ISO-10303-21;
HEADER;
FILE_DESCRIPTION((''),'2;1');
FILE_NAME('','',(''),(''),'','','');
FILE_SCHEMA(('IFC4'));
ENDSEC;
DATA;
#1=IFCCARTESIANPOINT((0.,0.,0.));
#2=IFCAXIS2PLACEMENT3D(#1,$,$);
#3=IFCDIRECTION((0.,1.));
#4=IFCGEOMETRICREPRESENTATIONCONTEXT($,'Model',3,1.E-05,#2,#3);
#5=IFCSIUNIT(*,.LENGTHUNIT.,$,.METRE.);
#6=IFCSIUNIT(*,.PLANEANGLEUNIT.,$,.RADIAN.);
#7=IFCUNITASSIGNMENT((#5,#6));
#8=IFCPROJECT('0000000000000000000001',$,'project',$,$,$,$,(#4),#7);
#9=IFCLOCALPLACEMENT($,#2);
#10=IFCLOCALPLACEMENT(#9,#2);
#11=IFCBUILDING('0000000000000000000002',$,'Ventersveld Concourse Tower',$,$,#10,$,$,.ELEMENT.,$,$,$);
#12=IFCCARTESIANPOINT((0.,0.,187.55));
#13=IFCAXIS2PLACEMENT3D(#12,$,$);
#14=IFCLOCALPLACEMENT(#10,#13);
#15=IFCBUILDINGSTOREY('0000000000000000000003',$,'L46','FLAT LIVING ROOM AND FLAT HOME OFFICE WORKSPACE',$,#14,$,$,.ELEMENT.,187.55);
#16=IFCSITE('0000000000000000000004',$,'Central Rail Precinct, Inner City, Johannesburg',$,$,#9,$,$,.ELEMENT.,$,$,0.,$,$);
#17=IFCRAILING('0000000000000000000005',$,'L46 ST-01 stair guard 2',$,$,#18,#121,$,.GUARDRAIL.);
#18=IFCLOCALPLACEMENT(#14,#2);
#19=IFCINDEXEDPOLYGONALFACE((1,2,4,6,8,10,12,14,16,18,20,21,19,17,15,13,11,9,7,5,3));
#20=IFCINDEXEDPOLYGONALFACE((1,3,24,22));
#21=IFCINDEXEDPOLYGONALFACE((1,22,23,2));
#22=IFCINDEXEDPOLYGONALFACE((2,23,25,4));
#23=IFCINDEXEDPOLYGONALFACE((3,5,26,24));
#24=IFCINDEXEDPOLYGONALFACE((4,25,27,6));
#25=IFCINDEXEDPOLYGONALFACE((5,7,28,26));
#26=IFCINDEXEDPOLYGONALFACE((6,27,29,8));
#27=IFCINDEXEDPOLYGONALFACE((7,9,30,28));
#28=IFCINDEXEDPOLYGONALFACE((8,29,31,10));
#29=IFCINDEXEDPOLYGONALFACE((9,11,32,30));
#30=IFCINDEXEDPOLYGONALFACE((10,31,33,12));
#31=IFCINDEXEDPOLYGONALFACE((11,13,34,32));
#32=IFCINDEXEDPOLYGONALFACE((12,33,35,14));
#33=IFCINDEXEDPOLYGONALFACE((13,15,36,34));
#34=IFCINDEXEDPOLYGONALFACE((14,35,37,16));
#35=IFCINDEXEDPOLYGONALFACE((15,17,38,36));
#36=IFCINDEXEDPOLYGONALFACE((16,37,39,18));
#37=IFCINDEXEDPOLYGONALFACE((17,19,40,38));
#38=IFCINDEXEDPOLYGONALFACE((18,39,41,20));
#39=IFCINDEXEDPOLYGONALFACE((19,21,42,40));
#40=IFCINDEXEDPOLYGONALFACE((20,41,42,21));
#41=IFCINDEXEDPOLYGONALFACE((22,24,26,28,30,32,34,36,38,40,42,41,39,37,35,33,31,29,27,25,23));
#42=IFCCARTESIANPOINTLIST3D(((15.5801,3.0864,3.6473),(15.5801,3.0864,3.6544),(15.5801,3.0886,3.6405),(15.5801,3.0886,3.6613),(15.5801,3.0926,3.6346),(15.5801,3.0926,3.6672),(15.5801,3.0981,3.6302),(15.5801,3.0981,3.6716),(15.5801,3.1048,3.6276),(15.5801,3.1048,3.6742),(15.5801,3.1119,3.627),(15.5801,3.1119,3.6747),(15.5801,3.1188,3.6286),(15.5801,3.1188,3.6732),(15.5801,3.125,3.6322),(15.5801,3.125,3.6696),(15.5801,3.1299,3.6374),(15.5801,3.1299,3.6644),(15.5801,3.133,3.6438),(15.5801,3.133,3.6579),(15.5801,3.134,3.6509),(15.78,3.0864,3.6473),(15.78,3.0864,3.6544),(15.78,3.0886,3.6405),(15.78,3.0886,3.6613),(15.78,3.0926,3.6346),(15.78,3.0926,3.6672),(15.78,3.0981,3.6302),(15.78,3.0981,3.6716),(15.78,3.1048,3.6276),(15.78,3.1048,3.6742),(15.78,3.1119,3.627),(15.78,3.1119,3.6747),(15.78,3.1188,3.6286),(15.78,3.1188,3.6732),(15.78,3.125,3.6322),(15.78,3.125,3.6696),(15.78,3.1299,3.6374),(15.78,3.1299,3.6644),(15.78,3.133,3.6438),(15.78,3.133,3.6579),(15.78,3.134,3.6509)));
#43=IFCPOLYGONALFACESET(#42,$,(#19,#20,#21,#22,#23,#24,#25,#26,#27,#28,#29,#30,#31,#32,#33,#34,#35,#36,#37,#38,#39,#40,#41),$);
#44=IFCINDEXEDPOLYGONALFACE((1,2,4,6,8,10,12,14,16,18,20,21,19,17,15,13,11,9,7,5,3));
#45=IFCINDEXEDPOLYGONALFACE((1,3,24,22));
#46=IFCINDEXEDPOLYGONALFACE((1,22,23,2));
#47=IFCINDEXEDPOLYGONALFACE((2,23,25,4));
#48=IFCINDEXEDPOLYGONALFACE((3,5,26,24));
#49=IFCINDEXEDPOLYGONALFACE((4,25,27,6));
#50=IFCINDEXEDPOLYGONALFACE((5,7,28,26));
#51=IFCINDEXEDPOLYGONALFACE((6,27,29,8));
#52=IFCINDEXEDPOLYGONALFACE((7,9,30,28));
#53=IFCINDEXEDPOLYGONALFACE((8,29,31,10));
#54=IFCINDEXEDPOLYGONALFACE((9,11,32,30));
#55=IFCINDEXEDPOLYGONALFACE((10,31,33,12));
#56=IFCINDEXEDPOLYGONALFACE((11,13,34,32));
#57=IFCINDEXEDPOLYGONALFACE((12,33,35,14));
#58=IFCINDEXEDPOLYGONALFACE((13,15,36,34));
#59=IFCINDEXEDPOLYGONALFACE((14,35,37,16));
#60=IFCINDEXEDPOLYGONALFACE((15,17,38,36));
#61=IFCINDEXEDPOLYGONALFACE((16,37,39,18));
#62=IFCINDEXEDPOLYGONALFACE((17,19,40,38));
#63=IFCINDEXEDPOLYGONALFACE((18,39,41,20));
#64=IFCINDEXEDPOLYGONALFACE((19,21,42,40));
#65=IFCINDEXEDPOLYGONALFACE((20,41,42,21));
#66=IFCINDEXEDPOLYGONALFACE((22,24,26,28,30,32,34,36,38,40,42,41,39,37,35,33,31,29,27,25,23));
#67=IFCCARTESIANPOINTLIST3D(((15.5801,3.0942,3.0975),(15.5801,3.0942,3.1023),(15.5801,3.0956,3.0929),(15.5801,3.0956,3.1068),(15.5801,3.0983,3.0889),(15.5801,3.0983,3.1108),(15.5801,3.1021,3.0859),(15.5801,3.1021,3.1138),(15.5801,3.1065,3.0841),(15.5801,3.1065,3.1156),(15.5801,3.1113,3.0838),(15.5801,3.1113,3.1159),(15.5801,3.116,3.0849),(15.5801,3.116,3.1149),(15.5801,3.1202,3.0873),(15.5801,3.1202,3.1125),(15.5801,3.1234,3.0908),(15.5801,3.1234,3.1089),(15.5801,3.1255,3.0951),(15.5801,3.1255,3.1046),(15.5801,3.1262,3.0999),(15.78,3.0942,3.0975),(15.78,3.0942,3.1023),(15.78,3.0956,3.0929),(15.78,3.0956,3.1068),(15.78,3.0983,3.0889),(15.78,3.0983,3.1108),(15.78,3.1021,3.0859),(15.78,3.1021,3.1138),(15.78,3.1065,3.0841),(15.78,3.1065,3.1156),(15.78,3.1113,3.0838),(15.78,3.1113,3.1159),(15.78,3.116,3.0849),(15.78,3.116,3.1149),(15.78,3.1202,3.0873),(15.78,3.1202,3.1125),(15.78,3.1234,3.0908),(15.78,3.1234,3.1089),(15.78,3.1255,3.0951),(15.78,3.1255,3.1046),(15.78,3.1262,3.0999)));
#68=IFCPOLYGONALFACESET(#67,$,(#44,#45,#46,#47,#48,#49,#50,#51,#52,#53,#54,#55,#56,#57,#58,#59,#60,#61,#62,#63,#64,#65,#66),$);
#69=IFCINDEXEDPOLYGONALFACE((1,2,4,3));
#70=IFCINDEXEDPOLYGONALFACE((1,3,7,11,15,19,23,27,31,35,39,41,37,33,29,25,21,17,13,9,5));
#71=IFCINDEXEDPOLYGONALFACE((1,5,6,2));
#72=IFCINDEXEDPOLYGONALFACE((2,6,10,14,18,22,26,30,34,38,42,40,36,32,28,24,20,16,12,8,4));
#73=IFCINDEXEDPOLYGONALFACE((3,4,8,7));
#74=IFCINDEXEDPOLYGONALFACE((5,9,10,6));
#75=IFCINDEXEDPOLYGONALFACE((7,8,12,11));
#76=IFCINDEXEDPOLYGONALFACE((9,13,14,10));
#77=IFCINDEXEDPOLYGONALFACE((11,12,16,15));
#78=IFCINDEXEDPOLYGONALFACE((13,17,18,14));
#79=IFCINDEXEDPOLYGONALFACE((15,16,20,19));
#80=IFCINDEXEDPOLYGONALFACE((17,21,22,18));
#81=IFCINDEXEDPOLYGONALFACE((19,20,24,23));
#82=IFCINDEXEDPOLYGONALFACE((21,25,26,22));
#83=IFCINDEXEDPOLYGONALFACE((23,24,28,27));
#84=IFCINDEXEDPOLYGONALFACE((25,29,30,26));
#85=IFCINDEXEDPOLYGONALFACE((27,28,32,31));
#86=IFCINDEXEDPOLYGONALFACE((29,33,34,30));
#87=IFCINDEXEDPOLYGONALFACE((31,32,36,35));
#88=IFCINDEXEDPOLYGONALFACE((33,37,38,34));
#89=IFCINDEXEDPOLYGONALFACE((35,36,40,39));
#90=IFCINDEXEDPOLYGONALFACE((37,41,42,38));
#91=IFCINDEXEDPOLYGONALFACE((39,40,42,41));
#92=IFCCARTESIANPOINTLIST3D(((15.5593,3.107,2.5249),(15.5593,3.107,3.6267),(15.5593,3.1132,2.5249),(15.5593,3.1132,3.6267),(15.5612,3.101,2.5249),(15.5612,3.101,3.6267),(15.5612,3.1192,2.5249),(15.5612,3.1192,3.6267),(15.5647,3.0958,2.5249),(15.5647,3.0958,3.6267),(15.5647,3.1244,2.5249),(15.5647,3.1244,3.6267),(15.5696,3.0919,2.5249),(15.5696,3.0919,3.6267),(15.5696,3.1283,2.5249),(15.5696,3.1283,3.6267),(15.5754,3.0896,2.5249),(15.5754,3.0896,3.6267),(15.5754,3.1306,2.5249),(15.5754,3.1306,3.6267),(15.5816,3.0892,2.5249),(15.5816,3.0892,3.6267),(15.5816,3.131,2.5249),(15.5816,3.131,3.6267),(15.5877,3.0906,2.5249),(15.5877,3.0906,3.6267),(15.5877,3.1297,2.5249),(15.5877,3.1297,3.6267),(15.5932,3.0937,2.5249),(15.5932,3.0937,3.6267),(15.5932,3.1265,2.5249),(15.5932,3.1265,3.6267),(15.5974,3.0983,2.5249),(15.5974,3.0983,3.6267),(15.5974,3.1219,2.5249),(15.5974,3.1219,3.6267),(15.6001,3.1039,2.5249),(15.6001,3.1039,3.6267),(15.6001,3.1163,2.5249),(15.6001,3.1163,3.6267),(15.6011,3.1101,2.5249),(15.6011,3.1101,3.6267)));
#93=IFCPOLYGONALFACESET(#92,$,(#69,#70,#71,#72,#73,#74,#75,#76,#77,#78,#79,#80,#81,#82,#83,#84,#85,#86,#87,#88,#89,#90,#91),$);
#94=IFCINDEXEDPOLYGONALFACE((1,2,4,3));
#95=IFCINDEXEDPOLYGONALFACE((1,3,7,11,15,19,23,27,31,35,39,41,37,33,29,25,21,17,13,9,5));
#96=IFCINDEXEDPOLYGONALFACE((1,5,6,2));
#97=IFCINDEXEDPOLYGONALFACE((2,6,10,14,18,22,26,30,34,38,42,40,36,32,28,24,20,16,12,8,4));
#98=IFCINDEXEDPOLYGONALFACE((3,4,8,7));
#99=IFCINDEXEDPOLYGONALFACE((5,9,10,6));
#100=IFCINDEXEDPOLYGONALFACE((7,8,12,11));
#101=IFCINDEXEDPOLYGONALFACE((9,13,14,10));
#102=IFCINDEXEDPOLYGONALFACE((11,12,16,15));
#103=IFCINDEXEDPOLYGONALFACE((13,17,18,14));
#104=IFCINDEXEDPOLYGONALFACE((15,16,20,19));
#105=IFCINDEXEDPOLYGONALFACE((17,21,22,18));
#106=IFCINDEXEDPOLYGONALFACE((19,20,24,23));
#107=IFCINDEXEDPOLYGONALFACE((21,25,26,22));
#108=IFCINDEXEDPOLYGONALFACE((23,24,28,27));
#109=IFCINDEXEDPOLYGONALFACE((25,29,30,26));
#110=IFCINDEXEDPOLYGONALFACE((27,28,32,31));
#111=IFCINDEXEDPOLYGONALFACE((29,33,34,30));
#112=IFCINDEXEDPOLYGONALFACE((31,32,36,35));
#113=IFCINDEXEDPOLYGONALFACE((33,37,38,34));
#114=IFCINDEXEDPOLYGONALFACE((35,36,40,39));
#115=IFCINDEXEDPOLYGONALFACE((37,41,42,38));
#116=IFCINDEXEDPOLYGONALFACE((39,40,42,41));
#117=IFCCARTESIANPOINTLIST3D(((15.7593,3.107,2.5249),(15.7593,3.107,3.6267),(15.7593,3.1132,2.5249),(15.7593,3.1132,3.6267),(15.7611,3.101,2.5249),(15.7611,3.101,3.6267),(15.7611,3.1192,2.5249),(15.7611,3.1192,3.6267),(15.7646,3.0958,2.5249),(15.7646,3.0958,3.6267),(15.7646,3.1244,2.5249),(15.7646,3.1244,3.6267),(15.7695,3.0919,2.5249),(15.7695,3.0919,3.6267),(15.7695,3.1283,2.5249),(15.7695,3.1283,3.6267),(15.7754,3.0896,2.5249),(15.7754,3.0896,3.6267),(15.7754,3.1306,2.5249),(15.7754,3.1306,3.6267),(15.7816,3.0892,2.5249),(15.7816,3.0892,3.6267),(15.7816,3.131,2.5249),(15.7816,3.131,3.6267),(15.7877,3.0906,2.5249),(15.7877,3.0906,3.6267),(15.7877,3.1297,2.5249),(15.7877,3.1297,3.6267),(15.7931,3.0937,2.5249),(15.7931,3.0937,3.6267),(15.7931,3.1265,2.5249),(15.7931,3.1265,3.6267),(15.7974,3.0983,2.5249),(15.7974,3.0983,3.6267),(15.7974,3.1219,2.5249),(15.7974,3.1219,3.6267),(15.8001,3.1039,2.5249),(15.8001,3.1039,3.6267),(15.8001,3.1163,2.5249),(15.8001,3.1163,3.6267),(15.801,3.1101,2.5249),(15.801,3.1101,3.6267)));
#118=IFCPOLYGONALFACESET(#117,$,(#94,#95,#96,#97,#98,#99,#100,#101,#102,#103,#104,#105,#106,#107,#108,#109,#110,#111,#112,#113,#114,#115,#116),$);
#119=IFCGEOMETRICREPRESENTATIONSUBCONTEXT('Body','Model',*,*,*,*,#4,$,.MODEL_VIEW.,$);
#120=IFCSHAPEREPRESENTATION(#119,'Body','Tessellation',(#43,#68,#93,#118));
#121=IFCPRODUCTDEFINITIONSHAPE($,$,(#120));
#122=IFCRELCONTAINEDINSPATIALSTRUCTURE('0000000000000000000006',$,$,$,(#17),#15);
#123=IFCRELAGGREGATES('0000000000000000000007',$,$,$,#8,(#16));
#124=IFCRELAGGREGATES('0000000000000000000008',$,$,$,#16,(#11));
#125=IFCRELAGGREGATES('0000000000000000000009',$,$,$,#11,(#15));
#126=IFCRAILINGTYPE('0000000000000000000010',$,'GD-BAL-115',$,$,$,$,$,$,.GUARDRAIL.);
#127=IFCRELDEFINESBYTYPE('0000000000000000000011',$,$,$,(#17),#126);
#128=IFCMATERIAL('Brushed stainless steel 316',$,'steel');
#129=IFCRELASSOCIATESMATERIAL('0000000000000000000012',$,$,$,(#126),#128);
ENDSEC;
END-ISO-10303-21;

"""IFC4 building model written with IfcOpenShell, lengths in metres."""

from ifc_helpers import new_model, si_unit, direction, frame, origin, origin_2d, place, context, subcontext, project, spatial, circle, extrude, material, type_object, element, save


model = new_model("IFC4")

# Units and contexts
model_context = context("Model", 3, precision=1e-05, world=origin(), true_north=direction((0.0, 1.0)))
body_context = subcontext(model_context, "Body", "Model", "MODEL_VIEW")
ifc_project = project(units=[si_unit("LENGTHUNIT", "METRE"), si_unit("PLANEANGLEUNIT", "RADIAN")], contexts=[model_context])

# Site, building, storey
site_placement = place(None, origin())
site = spatial("IfcSite", under=ifc_project, at=site_placement, Name="Central Rail Precinct, Inner City, Johannesburg", CompositionType="ELEMENT", RefElevation=0.0)
building_placement = place(site_placement, origin())
building = spatial("IfcBuilding", under=site, at=building_placement, Name="Ventersveld Concourse Tower", CompositionType="ELEMENT")
storey_placement = place(building_placement, frame((0.0, 0.0, 187.55)))
storey = spatial("IfcBuildingStorey", under=building, at=storey_placement, Name="L46", Description="FLAT LIVING ROOM AND FLAT HOME OFFICE WORKSPACE", CompositionType="ELEMENT", Elevation=187.55)

# Railing
ifc_material_1 = material(Name="Brushed stainless steel 316", Category="steel")
railing_type_1 = type_object("IfcRailingType", Name="GD-BAL-115", PredefinedType="GUARDRAIL", material=ifc_material_1)
railing_1_placement = place(storey_placement, frame((15.5801, 3.1101, 2.5249)))
element("IfcRailing", 1, at=railing_1_placement, inside=storey, type_object=railing_type_1, Name="L46 ST-01 stair guard 2", PredefinedType="GUARDRAIL", context=body_context, shape_type="SweptSolid", body=[
    extrude(circle(Radius=0.0239, at=origin_2d()), frame((0.0, 0.0, 1.126), z_axis=(1.0, 0.0, 0.0), x_axis=(0.0, 1.0, 0.0)), (0.0, 0.0, 1.0), 0.2),
    extrude(circle(Radius=0.0161, at=origin_2d()), frame((0.0, 0.0, 0.575), z_axis=(1.0, 0.0, 0.0), x_axis=(0.0, 1.0, 0.0)), (0.0, 0.0, 1.0), 0.2),
    extrude(circle(Radius=0.021, at=origin_2d()), origin(), (0.0, 0.0, 1.0), 1.1018),
    extrude(circle(Radius=0.021, at=origin_2d()), frame((0.2, 0.0, 0.0)), (0.0, 0.0, 1.0), 1.1018),
])

save(model, "model.ifc")
